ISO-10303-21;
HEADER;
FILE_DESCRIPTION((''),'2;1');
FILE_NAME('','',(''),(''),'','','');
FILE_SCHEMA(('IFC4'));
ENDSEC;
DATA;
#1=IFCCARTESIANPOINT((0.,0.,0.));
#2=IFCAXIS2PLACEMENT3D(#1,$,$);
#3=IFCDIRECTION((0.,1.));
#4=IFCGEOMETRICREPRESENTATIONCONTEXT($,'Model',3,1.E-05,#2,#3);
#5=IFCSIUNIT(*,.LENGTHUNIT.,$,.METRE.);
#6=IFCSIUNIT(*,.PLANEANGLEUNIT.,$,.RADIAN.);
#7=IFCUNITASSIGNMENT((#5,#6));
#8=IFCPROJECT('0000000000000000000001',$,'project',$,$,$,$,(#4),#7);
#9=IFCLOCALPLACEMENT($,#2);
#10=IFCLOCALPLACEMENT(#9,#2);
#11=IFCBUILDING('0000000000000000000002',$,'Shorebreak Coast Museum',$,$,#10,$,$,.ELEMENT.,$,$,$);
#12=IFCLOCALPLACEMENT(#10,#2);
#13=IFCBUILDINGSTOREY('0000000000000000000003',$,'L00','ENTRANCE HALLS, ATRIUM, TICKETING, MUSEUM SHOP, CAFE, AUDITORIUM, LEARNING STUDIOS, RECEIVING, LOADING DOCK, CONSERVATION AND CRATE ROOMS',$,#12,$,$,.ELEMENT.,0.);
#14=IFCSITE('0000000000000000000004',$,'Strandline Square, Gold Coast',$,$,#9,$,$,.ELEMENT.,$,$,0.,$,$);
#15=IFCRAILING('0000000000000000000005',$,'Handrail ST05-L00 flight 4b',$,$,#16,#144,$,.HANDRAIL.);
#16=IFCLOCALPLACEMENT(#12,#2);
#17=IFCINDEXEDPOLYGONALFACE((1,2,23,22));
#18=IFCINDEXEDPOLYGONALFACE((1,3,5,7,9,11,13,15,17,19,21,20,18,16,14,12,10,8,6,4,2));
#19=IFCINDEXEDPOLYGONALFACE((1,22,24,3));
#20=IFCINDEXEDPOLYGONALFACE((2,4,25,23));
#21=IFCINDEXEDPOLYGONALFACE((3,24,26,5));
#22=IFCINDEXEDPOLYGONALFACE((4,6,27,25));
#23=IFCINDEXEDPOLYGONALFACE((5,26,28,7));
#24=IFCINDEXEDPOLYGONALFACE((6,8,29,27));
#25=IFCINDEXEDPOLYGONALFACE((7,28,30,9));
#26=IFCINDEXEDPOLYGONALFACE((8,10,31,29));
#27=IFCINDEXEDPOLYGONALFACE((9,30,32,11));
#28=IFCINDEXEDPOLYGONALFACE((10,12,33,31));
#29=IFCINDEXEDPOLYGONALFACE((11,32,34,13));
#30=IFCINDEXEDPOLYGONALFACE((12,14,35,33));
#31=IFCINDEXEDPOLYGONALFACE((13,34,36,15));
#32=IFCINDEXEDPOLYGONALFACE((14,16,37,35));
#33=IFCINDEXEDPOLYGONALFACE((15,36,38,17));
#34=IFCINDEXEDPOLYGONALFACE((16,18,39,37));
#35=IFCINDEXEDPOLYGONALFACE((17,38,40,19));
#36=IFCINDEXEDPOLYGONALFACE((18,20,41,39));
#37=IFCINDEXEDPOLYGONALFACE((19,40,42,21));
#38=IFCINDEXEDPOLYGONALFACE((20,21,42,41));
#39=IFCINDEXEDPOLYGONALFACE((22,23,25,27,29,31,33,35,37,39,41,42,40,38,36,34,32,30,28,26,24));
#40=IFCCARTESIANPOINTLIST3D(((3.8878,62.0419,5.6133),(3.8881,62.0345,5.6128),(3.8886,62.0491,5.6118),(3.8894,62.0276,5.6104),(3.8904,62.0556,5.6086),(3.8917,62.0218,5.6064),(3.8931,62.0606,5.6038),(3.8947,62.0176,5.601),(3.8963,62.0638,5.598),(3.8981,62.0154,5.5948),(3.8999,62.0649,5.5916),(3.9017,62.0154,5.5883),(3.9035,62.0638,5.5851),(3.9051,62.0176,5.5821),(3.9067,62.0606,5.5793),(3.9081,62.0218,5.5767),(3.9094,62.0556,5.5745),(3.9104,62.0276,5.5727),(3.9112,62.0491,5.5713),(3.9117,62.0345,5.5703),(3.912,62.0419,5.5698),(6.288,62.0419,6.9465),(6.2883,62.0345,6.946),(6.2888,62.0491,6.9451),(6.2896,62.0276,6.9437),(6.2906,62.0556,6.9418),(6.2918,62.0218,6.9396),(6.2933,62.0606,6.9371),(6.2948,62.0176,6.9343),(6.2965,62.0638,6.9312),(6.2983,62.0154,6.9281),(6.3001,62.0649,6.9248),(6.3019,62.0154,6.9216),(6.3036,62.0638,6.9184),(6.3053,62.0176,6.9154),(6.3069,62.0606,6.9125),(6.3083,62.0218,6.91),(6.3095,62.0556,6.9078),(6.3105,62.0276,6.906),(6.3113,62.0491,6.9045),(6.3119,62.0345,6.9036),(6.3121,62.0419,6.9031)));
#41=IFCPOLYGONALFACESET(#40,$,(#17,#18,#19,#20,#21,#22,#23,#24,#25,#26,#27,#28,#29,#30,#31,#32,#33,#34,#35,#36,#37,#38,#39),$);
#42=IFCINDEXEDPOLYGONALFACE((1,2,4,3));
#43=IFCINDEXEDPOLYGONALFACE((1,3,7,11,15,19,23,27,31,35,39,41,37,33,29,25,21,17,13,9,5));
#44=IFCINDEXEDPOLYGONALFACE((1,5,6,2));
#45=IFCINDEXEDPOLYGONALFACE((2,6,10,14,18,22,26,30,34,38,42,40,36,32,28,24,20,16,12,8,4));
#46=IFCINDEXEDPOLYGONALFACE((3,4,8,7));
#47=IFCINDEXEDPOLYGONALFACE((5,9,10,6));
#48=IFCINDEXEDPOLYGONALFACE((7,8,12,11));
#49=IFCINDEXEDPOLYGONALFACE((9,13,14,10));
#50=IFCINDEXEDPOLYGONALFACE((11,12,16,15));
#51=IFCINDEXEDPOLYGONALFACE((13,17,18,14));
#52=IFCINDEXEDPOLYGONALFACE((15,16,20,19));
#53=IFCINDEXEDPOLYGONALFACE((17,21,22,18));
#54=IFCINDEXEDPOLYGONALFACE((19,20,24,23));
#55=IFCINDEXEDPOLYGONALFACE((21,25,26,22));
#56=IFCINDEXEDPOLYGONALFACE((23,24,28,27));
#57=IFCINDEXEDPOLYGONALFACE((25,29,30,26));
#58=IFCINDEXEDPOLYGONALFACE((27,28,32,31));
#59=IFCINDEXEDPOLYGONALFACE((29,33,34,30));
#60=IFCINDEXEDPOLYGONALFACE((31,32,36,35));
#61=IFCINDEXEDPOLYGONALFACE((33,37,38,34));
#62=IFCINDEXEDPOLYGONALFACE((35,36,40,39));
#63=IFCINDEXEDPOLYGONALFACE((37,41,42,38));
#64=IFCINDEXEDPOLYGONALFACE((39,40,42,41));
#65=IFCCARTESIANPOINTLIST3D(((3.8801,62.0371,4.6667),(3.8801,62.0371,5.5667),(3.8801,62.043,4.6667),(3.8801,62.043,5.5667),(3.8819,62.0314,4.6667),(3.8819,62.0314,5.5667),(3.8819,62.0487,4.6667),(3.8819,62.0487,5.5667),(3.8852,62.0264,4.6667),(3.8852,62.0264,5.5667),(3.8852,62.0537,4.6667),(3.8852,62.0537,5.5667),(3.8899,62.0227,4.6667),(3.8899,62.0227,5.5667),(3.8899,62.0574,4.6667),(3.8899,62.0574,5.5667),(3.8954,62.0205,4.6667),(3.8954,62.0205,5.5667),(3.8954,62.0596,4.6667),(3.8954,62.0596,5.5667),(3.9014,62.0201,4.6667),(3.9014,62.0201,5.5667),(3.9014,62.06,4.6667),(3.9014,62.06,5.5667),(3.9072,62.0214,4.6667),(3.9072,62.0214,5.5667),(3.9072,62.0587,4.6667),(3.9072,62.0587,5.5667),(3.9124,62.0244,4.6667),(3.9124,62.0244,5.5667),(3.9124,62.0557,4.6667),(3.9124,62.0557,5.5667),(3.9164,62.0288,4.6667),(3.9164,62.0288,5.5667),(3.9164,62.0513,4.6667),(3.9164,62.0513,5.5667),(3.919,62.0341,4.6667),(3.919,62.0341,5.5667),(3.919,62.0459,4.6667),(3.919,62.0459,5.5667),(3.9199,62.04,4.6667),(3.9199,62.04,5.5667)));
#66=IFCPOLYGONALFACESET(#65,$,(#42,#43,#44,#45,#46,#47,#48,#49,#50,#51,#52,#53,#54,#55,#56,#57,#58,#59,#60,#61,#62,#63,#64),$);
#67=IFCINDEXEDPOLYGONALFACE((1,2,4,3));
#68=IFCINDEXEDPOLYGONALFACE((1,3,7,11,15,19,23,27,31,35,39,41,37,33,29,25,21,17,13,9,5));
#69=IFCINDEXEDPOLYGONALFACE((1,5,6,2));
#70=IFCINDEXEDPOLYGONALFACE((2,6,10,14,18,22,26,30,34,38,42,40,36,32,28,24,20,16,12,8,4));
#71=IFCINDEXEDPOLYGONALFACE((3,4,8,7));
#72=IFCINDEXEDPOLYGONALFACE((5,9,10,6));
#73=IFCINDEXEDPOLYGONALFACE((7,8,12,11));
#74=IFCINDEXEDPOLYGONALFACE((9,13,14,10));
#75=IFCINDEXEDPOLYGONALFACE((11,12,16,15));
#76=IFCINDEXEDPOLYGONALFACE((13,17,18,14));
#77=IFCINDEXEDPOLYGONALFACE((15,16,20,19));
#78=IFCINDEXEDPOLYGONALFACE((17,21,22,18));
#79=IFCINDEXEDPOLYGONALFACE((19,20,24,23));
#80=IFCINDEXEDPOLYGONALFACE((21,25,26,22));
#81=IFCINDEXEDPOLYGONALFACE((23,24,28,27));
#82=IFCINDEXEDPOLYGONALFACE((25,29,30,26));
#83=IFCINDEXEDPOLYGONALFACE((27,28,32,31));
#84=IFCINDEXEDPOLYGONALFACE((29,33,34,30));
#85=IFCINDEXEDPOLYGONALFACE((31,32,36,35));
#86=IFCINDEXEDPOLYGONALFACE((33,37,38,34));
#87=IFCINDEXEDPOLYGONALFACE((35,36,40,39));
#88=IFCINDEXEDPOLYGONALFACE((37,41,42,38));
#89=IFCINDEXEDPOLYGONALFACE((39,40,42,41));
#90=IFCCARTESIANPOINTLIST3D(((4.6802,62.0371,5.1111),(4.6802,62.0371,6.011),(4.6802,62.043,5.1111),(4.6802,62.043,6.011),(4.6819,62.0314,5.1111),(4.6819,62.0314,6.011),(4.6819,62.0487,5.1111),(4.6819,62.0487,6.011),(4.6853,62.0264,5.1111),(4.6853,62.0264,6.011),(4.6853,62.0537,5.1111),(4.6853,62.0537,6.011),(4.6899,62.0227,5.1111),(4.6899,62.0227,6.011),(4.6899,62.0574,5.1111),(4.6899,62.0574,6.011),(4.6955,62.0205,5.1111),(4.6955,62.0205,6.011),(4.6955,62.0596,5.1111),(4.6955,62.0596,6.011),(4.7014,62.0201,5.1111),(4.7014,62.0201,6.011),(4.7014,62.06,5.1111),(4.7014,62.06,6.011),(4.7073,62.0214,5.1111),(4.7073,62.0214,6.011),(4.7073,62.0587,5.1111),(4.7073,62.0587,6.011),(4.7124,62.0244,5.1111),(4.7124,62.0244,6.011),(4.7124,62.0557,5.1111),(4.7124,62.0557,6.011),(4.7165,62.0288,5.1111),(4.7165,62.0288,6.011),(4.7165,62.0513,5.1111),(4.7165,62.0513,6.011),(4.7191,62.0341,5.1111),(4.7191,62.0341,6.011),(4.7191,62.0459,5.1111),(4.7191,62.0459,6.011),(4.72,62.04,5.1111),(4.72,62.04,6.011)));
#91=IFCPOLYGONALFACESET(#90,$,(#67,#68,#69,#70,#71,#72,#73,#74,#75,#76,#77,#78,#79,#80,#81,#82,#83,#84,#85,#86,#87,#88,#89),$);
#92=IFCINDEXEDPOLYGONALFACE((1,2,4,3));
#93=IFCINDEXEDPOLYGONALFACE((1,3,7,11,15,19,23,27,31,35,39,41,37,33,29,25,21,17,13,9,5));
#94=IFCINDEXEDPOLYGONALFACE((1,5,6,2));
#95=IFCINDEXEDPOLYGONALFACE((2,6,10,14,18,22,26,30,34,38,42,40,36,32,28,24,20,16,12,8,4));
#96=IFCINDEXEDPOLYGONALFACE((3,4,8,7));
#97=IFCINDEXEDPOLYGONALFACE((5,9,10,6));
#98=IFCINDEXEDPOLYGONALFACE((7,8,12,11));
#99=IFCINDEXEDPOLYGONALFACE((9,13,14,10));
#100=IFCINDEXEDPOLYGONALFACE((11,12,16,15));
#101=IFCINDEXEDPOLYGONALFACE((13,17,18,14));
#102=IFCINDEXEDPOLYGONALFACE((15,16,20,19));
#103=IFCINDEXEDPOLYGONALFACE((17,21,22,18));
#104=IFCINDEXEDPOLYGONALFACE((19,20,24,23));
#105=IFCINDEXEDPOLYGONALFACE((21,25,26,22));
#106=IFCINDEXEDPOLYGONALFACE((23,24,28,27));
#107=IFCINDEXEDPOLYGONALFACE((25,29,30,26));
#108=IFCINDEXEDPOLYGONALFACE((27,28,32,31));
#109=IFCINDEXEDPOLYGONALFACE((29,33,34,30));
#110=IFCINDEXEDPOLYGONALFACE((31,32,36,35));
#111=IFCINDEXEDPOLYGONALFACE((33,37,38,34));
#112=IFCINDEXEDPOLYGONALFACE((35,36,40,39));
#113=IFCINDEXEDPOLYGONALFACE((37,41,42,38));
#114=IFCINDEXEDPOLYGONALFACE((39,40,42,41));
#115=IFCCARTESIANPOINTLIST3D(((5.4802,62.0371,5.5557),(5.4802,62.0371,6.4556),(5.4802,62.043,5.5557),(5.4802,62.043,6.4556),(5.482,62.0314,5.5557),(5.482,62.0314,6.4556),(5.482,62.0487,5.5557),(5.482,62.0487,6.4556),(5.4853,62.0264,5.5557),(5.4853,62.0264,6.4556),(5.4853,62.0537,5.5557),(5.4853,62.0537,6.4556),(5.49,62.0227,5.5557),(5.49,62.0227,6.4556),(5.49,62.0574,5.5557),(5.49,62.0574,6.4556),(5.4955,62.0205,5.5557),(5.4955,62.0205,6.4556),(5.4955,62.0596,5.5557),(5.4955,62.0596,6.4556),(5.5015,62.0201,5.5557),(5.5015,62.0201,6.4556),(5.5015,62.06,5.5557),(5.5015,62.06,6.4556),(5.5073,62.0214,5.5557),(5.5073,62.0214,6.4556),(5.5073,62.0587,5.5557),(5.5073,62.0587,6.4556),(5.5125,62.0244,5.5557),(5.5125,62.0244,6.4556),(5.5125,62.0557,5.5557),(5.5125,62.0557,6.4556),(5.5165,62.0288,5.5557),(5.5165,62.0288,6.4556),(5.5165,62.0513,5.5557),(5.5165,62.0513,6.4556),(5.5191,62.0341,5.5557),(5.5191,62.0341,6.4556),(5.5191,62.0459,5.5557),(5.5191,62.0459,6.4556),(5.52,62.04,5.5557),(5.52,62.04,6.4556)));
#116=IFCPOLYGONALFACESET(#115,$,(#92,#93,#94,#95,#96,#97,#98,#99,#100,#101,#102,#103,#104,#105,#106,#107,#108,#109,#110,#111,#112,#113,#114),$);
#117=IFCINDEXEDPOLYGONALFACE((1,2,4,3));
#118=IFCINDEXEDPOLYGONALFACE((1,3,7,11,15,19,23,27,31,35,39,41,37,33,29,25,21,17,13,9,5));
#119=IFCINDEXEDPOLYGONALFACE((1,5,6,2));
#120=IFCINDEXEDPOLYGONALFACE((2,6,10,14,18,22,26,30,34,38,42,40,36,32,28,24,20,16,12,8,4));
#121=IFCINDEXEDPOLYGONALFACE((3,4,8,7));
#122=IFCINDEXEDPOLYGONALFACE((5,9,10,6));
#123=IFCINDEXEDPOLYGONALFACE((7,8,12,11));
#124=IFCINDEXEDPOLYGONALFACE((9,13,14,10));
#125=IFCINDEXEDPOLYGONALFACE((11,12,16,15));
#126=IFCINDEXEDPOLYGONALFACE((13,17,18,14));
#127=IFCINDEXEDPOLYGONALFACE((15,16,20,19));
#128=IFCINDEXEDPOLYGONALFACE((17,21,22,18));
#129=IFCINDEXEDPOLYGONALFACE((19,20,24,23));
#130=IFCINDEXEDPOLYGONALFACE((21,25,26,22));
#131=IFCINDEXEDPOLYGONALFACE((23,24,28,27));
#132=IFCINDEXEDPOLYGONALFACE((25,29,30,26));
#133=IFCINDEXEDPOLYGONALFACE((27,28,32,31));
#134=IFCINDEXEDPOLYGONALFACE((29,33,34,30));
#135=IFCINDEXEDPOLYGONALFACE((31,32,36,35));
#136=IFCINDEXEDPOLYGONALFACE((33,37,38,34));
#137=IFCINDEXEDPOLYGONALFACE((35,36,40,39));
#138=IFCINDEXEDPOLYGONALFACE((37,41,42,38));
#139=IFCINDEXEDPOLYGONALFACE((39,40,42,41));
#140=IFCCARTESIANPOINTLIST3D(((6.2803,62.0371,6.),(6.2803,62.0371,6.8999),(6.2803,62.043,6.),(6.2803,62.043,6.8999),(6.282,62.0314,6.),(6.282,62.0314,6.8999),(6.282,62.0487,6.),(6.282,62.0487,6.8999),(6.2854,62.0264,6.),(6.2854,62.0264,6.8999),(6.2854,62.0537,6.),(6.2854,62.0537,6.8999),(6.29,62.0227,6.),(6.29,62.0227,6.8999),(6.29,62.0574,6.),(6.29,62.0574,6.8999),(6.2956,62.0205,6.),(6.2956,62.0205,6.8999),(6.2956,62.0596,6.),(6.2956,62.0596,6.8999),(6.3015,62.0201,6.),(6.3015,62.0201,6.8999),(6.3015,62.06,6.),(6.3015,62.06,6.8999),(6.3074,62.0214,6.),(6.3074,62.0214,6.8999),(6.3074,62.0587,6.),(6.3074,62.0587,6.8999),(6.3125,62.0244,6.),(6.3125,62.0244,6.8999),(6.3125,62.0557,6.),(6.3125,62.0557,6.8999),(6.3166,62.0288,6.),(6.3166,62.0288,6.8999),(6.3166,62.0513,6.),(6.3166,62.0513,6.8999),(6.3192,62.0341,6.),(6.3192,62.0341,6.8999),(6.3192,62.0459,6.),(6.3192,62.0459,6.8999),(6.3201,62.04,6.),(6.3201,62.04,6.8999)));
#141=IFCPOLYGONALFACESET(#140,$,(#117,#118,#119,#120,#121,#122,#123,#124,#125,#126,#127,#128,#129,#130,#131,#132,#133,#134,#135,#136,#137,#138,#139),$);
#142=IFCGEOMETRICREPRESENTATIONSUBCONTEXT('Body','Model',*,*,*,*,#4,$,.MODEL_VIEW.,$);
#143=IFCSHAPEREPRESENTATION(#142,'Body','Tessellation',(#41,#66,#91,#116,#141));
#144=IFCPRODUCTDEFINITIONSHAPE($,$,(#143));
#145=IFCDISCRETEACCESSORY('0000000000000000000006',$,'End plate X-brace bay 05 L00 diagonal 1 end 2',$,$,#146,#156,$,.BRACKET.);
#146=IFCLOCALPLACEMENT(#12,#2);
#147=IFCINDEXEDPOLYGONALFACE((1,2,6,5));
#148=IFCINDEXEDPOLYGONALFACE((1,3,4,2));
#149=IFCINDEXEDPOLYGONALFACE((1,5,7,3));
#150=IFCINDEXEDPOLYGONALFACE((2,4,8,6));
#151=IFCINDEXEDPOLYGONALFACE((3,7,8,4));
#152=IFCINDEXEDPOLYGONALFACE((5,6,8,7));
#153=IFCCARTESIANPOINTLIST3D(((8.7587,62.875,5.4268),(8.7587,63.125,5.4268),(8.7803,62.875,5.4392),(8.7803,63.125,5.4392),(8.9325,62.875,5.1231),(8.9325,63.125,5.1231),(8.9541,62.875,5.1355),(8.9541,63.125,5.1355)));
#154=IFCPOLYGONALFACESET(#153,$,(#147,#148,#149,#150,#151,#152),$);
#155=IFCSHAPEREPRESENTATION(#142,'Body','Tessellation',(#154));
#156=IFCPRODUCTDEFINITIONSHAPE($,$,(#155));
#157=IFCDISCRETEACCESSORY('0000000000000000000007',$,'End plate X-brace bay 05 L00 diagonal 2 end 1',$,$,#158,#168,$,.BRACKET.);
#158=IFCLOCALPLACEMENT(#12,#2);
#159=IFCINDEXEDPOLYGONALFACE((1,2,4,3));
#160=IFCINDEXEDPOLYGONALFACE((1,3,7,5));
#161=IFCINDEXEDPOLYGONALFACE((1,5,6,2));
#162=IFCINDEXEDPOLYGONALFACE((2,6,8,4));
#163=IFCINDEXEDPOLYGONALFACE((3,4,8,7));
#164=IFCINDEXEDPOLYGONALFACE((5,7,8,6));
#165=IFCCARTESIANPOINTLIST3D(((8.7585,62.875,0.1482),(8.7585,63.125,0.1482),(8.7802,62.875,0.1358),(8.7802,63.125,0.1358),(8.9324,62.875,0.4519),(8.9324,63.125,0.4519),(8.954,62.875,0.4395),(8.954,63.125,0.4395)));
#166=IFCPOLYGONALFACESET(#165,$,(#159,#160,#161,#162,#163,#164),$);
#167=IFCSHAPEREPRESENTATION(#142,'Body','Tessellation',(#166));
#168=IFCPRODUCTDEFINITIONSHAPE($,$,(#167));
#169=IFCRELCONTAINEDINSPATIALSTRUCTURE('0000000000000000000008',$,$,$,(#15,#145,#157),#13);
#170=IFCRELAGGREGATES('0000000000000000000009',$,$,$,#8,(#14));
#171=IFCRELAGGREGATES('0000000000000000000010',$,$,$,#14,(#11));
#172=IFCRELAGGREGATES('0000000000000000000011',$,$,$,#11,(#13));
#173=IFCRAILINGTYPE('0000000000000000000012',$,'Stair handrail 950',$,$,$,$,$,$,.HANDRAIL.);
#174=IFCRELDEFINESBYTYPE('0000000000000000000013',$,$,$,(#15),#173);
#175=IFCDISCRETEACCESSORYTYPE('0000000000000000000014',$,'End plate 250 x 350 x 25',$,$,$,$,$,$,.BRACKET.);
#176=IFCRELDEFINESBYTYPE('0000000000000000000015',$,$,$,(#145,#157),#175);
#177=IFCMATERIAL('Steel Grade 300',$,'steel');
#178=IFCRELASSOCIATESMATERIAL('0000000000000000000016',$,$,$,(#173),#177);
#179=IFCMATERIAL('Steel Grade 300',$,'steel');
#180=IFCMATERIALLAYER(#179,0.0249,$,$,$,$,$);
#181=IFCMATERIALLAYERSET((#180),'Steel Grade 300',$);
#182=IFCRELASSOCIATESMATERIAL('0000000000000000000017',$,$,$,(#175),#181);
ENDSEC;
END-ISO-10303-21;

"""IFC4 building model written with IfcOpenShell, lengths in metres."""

from ifc_helpers import new_model, si_unit, direction, frame, origin, origin_2d, place, context, subcontext, project, spatial, polyline, circle, outline, extrude, material, layer, layer_set, type_object, element, save


model = new_model("IFC4")

# Units and contexts
model_context = context("Model", 3, precision=1e-05, world=origin(), true_north=direction((0.0, 1.0)))
body_context = subcontext(model_context, "Body", "Model", "MODEL_VIEW")
ifc_project = project(units=[si_unit("LENGTHUNIT", "METRE"), si_unit("PLANEANGLEUNIT", "RADIAN")], contexts=[model_context])

# Site, building, storey
site_placement = place(None, origin())
site = spatial("IfcSite", under=ifc_project, at=site_placement, Name="Strandline Square, Gold Coast", CompositionType="ELEMENT", RefElevation=0.0)
building_placement = place(site_placement, origin())
building = spatial("IfcBuilding", under=site, at=building_placement, Name="Shorebreak Coast Museum", CompositionType="ELEMENT")
storey_placement = place(building_placement, origin())
storey = spatial("IfcBuildingStorey", under=building, at=storey_placement, Name="L00", Description="ENTRANCE HALLS, ATRIUM, TICKETING, MUSEUM SHOP, CAFE, AUDITORIUM, LEARNING STUDIOS, RECEIVING, LOADING DOCK, CONSERVATION AND CRATE ROOMS", CompositionType="ELEMENT", Elevation=0.0)

# Railing
ifc_material_1 = material(Name="Steel Grade 300", Category="steel")
railing_type_1 = type_object("IfcRailingType", Name="Stair handrail 950", PredefinedType="HANDRAIL", material=ifc_material_1)
for number, where, name in (
    (1, (3.8999, 62.04, 4.6667), "Handrail ST05-L00 flight 4b"),
):
    element("IfcRailing", number, at=place(storey_placement, frame(where)), inside=storey, type_object=railing_type_1, Name=name, PredefinedType="HANDRAIL", context=body_context, shape_type="SweptSolid", body=[
        extrude(circle(Radius=0.0249, at=origin_2d()), frame((0.0, 0.0, 0.9248), z_axis=(0.874182, 0.0, 0.485598), x_axis=(0.0, 1.0, 0.0)), (0.0, 0.0, 1.0), 2.7456),
        extrude(circle(Radius=0.02, at=origin_2d()), origin(), (0.0, 0.0, 1.0), 0.8999),
        extrude(circle(Radius=0.02, at=origin_2d()), frame((0.8, 0.0, 0.4443)), (0.0, 0.0, 1.0), 0.8999),
        extrude(circle(Radius=0.02, at=origin_2d()), frame((1.6001, 0.0, 0.8889)), (0.0, 0.0, 1.0), 0.8999),
        extrude(circle(Radius=0.02, at=origin_2d()), frame((2.4001, 0.0, 1.3333)), (0.0, 0.0, 1.0), 0.8999),
    ])

# Discrete accessories
ifc_material_2 = material(Name="Steel Grade 300", Category="steel")
ifc_layer_1 = layer(ifc_material_2, 0.0249)
ifc_layer_set_1 = layer_set([ifc_layer_1], Name="Steel Grade 300")
discrete_accessory_type = type_object("IfcDiscreteAccessoryType", Name="End plate 250 x 350 x 25", PredefinedType="BRACKET", material=ifc_layer_set_1)
for number, where, z_axis, x_axis, name in (
    (2, (8.9541, 62.875, 5.1355), (0.867899, 0.0, 0.49674), (0.0, 1.0, 0.0), "End plate X-brace bay 05 L00 diagonal 1 end 2"),
    (3, (8.7585, 63.125, 0.1482), (-0.867899, 0.0, 0.49674), (0.0, -1.0, 0.0), "End plate X-brace bay 05 L00 diagonal 2 end 1"),
):
    element("IfcDiscreteAccessory", number, at=place(storey_placement, frame(where, z_axis=z_axis, x_axis=x_axis)), inside=storey, type_object=discrete_accessory_type, Name=name, PredefinedType="BRACKET", context=body_context, shape_type="SweptSolid", body=[
        extrude(outline(polyline([(0.0, 0.0), (0.25, 0.0), (0.25, 0.3499), (0.0, 0.3499), (0.0, 0.0)])), origin(), (0.0, 0.0, -1.0), 0.0249),
    ])

save(model, "model.ifc")
